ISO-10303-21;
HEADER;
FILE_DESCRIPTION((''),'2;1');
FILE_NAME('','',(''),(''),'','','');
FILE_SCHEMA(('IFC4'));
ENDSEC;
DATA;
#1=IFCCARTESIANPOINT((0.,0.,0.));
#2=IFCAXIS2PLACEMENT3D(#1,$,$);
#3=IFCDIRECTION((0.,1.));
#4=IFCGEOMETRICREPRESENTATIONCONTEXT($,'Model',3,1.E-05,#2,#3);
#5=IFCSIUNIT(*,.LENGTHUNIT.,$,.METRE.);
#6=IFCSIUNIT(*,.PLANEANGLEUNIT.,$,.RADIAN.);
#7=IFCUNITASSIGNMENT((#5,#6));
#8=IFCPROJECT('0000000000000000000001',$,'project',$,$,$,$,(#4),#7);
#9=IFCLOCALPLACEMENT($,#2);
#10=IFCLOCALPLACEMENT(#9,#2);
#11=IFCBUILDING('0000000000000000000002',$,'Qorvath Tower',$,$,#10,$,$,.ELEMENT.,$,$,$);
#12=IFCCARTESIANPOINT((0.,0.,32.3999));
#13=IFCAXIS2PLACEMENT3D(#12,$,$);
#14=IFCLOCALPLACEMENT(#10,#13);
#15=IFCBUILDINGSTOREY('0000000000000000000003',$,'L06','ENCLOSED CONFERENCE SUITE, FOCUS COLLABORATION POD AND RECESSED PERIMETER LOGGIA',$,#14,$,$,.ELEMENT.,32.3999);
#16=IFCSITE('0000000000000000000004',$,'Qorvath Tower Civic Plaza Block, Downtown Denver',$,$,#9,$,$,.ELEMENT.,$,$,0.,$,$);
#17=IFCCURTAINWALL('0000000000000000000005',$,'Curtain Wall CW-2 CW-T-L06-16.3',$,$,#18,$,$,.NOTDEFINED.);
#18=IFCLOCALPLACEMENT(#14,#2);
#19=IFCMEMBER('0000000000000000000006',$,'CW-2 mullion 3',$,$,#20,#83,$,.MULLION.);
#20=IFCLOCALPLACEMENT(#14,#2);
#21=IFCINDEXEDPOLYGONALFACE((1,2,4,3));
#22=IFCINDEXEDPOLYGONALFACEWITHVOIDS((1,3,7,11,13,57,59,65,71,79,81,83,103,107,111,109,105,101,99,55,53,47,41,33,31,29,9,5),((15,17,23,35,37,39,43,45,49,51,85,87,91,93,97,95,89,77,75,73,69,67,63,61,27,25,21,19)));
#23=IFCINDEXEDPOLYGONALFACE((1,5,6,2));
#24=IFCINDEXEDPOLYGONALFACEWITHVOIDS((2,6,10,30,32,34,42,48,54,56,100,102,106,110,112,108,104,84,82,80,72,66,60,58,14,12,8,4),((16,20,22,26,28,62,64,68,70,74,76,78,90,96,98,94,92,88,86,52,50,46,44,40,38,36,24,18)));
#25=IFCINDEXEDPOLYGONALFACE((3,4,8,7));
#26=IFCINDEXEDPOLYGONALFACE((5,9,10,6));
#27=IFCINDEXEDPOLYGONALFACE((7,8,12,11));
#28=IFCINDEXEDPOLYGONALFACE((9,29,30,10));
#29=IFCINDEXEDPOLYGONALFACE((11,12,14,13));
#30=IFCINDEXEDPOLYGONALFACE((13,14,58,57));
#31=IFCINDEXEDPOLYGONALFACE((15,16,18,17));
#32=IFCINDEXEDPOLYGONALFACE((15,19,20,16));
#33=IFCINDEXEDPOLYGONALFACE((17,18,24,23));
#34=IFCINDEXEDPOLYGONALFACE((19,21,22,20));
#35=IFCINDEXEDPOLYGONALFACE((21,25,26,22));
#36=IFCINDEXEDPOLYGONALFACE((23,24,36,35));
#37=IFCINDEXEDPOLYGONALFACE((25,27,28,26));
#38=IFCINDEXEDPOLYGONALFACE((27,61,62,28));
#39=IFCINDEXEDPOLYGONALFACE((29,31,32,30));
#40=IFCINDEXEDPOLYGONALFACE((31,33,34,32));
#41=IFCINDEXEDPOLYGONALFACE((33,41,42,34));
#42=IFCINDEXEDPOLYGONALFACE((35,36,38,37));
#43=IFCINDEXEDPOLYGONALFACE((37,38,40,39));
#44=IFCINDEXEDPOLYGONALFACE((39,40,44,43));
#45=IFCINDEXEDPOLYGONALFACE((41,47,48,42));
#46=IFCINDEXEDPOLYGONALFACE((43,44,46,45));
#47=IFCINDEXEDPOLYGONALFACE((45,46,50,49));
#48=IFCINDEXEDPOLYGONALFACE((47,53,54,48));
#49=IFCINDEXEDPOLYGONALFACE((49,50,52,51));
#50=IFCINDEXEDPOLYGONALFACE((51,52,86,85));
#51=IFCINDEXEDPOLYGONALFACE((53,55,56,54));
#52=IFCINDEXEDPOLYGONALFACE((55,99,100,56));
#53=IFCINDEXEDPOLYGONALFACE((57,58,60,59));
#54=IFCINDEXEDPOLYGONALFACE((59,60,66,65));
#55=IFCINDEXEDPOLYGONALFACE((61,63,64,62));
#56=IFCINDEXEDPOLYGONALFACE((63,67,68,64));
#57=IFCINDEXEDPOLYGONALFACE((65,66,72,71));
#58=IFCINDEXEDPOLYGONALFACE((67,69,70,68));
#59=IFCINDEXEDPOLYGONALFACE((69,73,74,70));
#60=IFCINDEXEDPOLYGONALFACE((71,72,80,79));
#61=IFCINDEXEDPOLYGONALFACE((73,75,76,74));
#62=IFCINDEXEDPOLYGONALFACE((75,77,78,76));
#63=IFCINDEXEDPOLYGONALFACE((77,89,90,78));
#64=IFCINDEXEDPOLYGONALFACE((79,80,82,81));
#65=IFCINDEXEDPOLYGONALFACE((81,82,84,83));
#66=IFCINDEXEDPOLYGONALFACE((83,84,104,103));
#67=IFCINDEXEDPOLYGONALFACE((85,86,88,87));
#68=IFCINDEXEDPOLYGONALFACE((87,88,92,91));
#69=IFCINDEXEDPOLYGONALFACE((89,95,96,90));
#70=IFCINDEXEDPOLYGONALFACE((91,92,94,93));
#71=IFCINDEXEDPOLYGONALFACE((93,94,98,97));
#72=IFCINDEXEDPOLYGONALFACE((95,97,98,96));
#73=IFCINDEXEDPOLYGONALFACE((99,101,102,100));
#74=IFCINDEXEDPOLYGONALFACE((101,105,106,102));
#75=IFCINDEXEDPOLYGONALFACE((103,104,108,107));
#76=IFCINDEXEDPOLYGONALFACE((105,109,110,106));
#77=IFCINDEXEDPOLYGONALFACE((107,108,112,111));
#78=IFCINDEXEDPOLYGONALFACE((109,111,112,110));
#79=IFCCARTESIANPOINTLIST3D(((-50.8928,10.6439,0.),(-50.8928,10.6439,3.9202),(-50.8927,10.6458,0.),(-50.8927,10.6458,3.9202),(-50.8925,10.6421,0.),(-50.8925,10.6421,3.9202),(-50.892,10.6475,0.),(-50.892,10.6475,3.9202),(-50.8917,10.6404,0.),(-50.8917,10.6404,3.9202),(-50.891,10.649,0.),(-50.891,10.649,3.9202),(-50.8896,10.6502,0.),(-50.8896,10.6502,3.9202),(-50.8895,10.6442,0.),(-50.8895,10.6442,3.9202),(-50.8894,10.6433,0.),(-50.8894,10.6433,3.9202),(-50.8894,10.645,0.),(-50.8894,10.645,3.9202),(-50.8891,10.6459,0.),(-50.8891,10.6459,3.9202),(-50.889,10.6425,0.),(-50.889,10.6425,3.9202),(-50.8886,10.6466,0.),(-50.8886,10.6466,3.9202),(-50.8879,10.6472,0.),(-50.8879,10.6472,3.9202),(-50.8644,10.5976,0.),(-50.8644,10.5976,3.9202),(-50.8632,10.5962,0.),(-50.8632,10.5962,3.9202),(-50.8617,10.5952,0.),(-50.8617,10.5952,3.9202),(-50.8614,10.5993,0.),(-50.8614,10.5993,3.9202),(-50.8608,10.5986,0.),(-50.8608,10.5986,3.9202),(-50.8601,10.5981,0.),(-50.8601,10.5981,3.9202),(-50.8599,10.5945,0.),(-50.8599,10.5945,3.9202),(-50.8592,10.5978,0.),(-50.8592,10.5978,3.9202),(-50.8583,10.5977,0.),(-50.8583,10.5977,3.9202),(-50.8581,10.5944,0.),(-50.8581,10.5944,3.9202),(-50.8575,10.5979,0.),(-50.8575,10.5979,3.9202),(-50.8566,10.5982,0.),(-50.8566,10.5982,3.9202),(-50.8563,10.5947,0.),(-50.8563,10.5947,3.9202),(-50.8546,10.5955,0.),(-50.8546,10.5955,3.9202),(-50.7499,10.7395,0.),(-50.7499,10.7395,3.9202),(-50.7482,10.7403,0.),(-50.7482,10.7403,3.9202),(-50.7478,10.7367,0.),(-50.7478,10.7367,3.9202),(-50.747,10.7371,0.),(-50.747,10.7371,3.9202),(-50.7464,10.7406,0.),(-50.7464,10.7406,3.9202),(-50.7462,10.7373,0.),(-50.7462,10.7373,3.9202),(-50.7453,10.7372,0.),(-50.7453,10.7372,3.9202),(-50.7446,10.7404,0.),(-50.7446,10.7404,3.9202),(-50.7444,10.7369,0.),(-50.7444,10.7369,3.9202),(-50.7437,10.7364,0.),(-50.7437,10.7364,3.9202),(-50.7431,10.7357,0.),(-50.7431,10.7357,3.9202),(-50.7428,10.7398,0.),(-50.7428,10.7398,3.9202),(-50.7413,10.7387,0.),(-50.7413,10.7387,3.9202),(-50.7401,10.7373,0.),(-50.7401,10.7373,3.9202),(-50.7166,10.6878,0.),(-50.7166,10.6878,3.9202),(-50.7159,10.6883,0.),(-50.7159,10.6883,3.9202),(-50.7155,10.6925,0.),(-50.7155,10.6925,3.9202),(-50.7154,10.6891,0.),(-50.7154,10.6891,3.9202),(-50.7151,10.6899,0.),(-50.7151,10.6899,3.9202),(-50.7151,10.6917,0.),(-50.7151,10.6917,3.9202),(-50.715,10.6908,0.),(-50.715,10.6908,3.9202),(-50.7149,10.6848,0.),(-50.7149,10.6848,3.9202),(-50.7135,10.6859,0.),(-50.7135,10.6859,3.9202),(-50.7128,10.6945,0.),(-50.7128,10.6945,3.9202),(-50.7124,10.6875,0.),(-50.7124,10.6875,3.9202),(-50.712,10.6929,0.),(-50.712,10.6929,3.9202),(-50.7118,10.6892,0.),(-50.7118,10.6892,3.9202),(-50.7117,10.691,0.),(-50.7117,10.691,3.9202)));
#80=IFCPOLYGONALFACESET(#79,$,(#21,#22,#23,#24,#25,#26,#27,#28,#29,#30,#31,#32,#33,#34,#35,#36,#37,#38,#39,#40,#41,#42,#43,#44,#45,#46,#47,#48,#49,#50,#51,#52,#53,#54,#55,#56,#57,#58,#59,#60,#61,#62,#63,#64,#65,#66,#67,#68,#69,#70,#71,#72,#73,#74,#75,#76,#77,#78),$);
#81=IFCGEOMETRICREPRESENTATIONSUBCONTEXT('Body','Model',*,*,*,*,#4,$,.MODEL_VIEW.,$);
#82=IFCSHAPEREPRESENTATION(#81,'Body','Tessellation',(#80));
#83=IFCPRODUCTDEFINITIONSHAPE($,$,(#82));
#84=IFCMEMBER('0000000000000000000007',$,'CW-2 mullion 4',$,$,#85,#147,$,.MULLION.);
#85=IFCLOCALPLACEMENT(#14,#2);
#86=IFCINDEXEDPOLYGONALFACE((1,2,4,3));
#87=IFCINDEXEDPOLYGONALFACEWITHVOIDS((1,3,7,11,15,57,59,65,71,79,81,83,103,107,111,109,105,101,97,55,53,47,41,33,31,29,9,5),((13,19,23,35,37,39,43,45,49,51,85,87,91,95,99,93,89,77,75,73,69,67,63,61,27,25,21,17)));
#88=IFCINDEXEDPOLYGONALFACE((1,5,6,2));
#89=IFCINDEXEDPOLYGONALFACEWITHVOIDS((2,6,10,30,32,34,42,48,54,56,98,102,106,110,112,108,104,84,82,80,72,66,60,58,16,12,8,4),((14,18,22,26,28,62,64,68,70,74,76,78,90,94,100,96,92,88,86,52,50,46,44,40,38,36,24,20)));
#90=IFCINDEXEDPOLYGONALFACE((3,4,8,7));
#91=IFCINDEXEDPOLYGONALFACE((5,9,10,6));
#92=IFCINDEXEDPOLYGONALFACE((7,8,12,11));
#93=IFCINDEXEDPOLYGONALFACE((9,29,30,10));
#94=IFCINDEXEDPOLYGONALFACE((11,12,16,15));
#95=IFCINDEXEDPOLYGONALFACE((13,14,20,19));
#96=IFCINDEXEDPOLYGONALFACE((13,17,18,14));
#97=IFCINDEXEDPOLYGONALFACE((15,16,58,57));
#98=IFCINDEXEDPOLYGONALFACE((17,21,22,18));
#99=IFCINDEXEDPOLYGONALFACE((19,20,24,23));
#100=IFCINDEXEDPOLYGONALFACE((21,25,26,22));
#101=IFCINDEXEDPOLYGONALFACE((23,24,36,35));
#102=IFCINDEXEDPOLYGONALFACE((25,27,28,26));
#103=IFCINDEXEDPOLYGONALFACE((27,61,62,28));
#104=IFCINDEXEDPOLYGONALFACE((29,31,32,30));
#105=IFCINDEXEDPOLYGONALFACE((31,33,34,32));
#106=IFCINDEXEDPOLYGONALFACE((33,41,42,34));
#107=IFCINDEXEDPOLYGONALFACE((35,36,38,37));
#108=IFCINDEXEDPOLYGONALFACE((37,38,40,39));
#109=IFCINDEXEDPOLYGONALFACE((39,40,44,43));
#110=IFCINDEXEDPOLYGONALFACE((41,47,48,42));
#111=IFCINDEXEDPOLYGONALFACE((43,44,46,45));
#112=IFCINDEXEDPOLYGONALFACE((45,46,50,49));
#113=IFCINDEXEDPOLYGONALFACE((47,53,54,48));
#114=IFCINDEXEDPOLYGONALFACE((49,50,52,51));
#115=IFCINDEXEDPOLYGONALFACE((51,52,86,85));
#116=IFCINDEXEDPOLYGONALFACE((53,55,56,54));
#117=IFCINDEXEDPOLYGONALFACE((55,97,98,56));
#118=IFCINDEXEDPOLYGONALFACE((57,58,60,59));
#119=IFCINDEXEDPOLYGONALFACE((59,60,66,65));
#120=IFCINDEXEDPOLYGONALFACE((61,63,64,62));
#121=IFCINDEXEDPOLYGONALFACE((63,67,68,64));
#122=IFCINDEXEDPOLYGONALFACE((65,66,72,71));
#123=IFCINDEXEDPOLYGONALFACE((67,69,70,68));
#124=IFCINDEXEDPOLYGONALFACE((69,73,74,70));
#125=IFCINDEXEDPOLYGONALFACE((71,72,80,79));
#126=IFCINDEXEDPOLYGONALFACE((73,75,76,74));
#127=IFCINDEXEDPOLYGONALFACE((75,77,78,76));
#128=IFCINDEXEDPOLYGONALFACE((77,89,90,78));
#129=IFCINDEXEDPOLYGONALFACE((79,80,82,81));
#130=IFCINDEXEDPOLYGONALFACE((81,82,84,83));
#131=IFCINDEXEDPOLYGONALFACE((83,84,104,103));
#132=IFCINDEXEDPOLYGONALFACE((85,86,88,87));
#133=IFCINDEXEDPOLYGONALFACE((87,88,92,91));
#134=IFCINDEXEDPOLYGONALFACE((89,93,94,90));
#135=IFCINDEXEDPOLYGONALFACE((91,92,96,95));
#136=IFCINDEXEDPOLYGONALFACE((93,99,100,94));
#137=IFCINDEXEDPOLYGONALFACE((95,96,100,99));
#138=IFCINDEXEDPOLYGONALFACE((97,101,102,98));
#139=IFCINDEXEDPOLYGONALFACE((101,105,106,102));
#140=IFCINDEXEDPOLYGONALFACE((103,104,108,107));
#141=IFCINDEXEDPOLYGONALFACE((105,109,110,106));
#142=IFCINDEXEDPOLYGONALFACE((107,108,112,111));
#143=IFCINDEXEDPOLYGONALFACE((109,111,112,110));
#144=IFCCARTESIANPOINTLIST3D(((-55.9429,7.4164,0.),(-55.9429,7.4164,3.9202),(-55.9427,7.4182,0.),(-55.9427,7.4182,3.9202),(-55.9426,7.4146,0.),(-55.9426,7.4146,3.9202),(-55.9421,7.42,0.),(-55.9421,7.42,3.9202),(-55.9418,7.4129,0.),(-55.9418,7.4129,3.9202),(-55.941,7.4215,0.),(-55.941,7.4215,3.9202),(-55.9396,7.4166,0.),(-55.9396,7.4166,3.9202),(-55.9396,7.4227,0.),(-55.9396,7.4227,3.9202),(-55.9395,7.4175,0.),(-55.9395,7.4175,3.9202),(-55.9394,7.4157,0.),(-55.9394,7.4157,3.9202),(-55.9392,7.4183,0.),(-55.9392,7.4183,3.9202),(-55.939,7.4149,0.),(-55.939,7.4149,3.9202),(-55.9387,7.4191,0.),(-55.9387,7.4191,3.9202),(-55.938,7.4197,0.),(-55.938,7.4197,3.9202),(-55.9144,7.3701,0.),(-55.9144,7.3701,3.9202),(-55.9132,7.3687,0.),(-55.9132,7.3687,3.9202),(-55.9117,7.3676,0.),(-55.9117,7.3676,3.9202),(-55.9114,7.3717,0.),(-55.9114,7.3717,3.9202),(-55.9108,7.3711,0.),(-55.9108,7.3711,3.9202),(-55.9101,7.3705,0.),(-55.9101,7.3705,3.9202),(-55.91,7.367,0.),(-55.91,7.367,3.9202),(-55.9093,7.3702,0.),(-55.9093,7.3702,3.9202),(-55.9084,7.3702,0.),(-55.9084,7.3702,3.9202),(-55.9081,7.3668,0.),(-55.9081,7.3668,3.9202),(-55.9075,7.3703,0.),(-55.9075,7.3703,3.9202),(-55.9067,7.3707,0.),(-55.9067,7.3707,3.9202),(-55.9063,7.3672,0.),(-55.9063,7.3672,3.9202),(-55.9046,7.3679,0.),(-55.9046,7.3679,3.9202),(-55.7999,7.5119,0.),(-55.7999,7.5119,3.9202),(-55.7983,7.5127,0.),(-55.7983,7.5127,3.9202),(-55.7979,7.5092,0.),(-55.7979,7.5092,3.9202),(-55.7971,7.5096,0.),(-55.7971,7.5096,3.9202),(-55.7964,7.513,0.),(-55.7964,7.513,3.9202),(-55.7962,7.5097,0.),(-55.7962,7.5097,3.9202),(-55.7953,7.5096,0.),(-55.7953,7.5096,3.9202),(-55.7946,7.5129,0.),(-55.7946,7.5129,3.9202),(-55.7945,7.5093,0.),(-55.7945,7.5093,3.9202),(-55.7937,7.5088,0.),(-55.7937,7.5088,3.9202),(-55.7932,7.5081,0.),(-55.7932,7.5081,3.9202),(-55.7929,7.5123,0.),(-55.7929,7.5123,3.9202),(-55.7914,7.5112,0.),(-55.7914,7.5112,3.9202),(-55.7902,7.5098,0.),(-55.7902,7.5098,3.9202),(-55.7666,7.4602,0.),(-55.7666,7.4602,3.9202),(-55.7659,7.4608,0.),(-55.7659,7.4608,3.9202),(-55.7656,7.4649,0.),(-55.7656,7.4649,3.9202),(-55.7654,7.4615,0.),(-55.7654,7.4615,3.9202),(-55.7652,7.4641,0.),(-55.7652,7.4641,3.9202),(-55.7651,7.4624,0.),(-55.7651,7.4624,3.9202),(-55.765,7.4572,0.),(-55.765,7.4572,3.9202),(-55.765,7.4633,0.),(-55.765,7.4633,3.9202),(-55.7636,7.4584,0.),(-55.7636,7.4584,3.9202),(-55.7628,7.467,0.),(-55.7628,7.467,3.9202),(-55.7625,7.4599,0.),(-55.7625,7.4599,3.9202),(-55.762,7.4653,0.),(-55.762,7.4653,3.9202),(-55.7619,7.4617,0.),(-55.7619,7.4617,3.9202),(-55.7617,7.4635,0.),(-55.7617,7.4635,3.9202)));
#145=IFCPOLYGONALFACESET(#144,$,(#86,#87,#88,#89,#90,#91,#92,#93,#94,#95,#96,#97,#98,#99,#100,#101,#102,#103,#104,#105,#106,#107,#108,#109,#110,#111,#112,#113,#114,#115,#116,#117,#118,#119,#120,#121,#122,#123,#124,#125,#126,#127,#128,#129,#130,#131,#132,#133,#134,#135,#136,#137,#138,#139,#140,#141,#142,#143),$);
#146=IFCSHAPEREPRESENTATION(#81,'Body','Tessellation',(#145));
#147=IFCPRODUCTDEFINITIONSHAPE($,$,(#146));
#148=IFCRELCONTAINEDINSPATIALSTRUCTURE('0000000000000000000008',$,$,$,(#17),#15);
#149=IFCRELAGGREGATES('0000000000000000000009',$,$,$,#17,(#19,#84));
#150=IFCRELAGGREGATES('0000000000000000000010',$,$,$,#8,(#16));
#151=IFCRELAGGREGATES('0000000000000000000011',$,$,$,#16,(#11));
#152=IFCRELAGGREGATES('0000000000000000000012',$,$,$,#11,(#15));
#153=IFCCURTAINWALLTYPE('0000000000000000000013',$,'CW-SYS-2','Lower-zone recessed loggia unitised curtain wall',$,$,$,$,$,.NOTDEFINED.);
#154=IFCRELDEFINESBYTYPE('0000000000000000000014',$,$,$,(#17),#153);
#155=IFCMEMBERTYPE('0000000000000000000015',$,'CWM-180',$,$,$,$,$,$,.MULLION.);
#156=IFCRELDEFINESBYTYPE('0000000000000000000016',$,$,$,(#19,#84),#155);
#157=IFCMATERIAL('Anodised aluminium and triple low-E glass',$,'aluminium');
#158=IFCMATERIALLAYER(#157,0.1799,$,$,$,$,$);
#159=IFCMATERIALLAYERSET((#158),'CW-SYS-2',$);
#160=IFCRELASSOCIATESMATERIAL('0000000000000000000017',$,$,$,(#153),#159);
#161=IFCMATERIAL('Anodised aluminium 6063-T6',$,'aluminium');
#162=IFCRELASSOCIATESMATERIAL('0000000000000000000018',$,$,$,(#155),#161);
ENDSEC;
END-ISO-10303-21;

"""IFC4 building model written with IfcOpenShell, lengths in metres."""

from ifc_helpers import new_model, si_unit, direction, frame, origin, origin_2d, place, context, subcontext, project, spatial, hollow_rectangle, extrude, material, layer, layer_set, material_profile, profile_set, type_object, element, aggregate, save


model = new_model("IFC4")

# Units and contexts
model_context = context("Model", 3, precision=1e-05, world=origin(), true_north=direction((0.0, 1.0)))
body_context = subcontext(model_context, "Body", "Model", "MODEL_VIEW")
ifc_project = project(units=[si_unit("LENGTHUNIT", "METRE"), si_unit("PLANEANGLEUNIT", "RADIAN")], contexts=[model_context])

# Site, building, storey
site_placement = place(None, origin())
site = spatial("IfcSite", under=ifc_project, at=site_placement, Name="Qorvath Tower Civic Plaza Block, Downtown Denver", CompositionType="ELEMENT", RefElevation=0.0)
building_placement = place(site_placement, origin())
building = spatial("IfcBuilding", under=site, at=building_placement, Name="Qorvath Tower", CompositionType="ELEMENT")
storey_placement = place(building_placement, frame((0.0, 0.0, 32.3999)))
storey = spatial("IfcBuildingStorey", under=building, at=storey_placement, Name="L06", Description="ENCLOSED CONFERENCE SUITE, FOCUS COLLABORATION POD AND RECESSED PERIMETER LOGGIA", CompositionType="ELEMENT", Elevation=32.3999)

# Curtain wall, members
ifc_material_1 = material(Name="Anodised aluminium and triple low-E glass", Category="aluminium")
ifc_layer_1 = layer(ifc_material_1, 0.1799)
ifc_layer_set_1 = layer_set([ifc_layer_1], Name="CW-SYS-2")
curtain_wall_type = type_object("IfcCurtainWallType", Name="CW-SYS-2", Description="Lower-zone recessed loggia unitised curtain wall", PredefinedType="NOTDEFINED", material=ifc_layer_set_1)
curtain_wall_placement = place(storey_placement, origin())
curtain_wall = element("IfcCurtainWall", 1, at=curtain_wall_placement, inside=storey, type_object=curtain_wall_type, Name="Curtain Wall CW-2 CW-T-L06-16.3", PredefinedType="NOTDEFINED")
ifc_material_2 = material(Name="Anodised aluminium 6063-T6", Category="aluminium")
ifc_material_profile_1 = material_profile(ifc_material_2, hollow_rectangle(XDim=0.0649, YDim=0.1799, WallThickness=0.0034, InnerFilletRadius=0.0034, OuterFilletRadius=0.0071, at=origin_2d()), Name="CWM 180x65")
ifc_profile_set_1 = profile_set([ifc_material_profile_1], Name="Anodised aluminium 6063-T6")
member_type_1 = type_object("IfcMemberType", Name="CWM-180", PredefinedType="MULLION", material=ifc_profile_set_1)
member_1_placement = place(storey_placement, frame((-50.8022, 10.6675, 0.0), z_axis=(0.0, 0.0, 1.0), x_axis=(0.538529, -0.842607, 0.0)))
member_1 = element("IfcMember", 2, at=member_1_placement, type_object=member_type_1, Name="CW-2 mullion 3", PredefinedType="MULLION", context=body_context, shape_type="SweptSolid", body=[
    extrude(hollow_rectangle(XDim=0.0649, YDim=0.1799, WallThickness=0.0034, InnerFilletRadius=0.0034, OuterFilletRadius=0.0071, at=origin_2d()), origin(), (0.0, 0.0, 1.0), 3.9202),
])
member_2_placement = place(storey_placement, frame((-55.8523, 7.4399, 0.0), z_axis=(0.0, 0.0, 1.0), x_axis=(0.538529, -0.842607, 0.0)))
member_2 = element("IfcMember", 3, at=member_2_placement, type_object=member_type_1, Name="CW-2 mullion 4", PredefinedType="MULLION", context=body_context, shape_type="SweptSolid", body=[
    extrude(hollow_rectangle(XDim=0.0649, YDim=0.1799, WallThickness=0.0034, InnerFilletRadius=0.0034, OuterFilletRadius=0.0071, at=origin_2d()), origin(), (0.0, 0.0, 1.0), 3.9202),
])
aggregate(curtain_wall, [member_1, member_2])

save(model, "model.ifc")
